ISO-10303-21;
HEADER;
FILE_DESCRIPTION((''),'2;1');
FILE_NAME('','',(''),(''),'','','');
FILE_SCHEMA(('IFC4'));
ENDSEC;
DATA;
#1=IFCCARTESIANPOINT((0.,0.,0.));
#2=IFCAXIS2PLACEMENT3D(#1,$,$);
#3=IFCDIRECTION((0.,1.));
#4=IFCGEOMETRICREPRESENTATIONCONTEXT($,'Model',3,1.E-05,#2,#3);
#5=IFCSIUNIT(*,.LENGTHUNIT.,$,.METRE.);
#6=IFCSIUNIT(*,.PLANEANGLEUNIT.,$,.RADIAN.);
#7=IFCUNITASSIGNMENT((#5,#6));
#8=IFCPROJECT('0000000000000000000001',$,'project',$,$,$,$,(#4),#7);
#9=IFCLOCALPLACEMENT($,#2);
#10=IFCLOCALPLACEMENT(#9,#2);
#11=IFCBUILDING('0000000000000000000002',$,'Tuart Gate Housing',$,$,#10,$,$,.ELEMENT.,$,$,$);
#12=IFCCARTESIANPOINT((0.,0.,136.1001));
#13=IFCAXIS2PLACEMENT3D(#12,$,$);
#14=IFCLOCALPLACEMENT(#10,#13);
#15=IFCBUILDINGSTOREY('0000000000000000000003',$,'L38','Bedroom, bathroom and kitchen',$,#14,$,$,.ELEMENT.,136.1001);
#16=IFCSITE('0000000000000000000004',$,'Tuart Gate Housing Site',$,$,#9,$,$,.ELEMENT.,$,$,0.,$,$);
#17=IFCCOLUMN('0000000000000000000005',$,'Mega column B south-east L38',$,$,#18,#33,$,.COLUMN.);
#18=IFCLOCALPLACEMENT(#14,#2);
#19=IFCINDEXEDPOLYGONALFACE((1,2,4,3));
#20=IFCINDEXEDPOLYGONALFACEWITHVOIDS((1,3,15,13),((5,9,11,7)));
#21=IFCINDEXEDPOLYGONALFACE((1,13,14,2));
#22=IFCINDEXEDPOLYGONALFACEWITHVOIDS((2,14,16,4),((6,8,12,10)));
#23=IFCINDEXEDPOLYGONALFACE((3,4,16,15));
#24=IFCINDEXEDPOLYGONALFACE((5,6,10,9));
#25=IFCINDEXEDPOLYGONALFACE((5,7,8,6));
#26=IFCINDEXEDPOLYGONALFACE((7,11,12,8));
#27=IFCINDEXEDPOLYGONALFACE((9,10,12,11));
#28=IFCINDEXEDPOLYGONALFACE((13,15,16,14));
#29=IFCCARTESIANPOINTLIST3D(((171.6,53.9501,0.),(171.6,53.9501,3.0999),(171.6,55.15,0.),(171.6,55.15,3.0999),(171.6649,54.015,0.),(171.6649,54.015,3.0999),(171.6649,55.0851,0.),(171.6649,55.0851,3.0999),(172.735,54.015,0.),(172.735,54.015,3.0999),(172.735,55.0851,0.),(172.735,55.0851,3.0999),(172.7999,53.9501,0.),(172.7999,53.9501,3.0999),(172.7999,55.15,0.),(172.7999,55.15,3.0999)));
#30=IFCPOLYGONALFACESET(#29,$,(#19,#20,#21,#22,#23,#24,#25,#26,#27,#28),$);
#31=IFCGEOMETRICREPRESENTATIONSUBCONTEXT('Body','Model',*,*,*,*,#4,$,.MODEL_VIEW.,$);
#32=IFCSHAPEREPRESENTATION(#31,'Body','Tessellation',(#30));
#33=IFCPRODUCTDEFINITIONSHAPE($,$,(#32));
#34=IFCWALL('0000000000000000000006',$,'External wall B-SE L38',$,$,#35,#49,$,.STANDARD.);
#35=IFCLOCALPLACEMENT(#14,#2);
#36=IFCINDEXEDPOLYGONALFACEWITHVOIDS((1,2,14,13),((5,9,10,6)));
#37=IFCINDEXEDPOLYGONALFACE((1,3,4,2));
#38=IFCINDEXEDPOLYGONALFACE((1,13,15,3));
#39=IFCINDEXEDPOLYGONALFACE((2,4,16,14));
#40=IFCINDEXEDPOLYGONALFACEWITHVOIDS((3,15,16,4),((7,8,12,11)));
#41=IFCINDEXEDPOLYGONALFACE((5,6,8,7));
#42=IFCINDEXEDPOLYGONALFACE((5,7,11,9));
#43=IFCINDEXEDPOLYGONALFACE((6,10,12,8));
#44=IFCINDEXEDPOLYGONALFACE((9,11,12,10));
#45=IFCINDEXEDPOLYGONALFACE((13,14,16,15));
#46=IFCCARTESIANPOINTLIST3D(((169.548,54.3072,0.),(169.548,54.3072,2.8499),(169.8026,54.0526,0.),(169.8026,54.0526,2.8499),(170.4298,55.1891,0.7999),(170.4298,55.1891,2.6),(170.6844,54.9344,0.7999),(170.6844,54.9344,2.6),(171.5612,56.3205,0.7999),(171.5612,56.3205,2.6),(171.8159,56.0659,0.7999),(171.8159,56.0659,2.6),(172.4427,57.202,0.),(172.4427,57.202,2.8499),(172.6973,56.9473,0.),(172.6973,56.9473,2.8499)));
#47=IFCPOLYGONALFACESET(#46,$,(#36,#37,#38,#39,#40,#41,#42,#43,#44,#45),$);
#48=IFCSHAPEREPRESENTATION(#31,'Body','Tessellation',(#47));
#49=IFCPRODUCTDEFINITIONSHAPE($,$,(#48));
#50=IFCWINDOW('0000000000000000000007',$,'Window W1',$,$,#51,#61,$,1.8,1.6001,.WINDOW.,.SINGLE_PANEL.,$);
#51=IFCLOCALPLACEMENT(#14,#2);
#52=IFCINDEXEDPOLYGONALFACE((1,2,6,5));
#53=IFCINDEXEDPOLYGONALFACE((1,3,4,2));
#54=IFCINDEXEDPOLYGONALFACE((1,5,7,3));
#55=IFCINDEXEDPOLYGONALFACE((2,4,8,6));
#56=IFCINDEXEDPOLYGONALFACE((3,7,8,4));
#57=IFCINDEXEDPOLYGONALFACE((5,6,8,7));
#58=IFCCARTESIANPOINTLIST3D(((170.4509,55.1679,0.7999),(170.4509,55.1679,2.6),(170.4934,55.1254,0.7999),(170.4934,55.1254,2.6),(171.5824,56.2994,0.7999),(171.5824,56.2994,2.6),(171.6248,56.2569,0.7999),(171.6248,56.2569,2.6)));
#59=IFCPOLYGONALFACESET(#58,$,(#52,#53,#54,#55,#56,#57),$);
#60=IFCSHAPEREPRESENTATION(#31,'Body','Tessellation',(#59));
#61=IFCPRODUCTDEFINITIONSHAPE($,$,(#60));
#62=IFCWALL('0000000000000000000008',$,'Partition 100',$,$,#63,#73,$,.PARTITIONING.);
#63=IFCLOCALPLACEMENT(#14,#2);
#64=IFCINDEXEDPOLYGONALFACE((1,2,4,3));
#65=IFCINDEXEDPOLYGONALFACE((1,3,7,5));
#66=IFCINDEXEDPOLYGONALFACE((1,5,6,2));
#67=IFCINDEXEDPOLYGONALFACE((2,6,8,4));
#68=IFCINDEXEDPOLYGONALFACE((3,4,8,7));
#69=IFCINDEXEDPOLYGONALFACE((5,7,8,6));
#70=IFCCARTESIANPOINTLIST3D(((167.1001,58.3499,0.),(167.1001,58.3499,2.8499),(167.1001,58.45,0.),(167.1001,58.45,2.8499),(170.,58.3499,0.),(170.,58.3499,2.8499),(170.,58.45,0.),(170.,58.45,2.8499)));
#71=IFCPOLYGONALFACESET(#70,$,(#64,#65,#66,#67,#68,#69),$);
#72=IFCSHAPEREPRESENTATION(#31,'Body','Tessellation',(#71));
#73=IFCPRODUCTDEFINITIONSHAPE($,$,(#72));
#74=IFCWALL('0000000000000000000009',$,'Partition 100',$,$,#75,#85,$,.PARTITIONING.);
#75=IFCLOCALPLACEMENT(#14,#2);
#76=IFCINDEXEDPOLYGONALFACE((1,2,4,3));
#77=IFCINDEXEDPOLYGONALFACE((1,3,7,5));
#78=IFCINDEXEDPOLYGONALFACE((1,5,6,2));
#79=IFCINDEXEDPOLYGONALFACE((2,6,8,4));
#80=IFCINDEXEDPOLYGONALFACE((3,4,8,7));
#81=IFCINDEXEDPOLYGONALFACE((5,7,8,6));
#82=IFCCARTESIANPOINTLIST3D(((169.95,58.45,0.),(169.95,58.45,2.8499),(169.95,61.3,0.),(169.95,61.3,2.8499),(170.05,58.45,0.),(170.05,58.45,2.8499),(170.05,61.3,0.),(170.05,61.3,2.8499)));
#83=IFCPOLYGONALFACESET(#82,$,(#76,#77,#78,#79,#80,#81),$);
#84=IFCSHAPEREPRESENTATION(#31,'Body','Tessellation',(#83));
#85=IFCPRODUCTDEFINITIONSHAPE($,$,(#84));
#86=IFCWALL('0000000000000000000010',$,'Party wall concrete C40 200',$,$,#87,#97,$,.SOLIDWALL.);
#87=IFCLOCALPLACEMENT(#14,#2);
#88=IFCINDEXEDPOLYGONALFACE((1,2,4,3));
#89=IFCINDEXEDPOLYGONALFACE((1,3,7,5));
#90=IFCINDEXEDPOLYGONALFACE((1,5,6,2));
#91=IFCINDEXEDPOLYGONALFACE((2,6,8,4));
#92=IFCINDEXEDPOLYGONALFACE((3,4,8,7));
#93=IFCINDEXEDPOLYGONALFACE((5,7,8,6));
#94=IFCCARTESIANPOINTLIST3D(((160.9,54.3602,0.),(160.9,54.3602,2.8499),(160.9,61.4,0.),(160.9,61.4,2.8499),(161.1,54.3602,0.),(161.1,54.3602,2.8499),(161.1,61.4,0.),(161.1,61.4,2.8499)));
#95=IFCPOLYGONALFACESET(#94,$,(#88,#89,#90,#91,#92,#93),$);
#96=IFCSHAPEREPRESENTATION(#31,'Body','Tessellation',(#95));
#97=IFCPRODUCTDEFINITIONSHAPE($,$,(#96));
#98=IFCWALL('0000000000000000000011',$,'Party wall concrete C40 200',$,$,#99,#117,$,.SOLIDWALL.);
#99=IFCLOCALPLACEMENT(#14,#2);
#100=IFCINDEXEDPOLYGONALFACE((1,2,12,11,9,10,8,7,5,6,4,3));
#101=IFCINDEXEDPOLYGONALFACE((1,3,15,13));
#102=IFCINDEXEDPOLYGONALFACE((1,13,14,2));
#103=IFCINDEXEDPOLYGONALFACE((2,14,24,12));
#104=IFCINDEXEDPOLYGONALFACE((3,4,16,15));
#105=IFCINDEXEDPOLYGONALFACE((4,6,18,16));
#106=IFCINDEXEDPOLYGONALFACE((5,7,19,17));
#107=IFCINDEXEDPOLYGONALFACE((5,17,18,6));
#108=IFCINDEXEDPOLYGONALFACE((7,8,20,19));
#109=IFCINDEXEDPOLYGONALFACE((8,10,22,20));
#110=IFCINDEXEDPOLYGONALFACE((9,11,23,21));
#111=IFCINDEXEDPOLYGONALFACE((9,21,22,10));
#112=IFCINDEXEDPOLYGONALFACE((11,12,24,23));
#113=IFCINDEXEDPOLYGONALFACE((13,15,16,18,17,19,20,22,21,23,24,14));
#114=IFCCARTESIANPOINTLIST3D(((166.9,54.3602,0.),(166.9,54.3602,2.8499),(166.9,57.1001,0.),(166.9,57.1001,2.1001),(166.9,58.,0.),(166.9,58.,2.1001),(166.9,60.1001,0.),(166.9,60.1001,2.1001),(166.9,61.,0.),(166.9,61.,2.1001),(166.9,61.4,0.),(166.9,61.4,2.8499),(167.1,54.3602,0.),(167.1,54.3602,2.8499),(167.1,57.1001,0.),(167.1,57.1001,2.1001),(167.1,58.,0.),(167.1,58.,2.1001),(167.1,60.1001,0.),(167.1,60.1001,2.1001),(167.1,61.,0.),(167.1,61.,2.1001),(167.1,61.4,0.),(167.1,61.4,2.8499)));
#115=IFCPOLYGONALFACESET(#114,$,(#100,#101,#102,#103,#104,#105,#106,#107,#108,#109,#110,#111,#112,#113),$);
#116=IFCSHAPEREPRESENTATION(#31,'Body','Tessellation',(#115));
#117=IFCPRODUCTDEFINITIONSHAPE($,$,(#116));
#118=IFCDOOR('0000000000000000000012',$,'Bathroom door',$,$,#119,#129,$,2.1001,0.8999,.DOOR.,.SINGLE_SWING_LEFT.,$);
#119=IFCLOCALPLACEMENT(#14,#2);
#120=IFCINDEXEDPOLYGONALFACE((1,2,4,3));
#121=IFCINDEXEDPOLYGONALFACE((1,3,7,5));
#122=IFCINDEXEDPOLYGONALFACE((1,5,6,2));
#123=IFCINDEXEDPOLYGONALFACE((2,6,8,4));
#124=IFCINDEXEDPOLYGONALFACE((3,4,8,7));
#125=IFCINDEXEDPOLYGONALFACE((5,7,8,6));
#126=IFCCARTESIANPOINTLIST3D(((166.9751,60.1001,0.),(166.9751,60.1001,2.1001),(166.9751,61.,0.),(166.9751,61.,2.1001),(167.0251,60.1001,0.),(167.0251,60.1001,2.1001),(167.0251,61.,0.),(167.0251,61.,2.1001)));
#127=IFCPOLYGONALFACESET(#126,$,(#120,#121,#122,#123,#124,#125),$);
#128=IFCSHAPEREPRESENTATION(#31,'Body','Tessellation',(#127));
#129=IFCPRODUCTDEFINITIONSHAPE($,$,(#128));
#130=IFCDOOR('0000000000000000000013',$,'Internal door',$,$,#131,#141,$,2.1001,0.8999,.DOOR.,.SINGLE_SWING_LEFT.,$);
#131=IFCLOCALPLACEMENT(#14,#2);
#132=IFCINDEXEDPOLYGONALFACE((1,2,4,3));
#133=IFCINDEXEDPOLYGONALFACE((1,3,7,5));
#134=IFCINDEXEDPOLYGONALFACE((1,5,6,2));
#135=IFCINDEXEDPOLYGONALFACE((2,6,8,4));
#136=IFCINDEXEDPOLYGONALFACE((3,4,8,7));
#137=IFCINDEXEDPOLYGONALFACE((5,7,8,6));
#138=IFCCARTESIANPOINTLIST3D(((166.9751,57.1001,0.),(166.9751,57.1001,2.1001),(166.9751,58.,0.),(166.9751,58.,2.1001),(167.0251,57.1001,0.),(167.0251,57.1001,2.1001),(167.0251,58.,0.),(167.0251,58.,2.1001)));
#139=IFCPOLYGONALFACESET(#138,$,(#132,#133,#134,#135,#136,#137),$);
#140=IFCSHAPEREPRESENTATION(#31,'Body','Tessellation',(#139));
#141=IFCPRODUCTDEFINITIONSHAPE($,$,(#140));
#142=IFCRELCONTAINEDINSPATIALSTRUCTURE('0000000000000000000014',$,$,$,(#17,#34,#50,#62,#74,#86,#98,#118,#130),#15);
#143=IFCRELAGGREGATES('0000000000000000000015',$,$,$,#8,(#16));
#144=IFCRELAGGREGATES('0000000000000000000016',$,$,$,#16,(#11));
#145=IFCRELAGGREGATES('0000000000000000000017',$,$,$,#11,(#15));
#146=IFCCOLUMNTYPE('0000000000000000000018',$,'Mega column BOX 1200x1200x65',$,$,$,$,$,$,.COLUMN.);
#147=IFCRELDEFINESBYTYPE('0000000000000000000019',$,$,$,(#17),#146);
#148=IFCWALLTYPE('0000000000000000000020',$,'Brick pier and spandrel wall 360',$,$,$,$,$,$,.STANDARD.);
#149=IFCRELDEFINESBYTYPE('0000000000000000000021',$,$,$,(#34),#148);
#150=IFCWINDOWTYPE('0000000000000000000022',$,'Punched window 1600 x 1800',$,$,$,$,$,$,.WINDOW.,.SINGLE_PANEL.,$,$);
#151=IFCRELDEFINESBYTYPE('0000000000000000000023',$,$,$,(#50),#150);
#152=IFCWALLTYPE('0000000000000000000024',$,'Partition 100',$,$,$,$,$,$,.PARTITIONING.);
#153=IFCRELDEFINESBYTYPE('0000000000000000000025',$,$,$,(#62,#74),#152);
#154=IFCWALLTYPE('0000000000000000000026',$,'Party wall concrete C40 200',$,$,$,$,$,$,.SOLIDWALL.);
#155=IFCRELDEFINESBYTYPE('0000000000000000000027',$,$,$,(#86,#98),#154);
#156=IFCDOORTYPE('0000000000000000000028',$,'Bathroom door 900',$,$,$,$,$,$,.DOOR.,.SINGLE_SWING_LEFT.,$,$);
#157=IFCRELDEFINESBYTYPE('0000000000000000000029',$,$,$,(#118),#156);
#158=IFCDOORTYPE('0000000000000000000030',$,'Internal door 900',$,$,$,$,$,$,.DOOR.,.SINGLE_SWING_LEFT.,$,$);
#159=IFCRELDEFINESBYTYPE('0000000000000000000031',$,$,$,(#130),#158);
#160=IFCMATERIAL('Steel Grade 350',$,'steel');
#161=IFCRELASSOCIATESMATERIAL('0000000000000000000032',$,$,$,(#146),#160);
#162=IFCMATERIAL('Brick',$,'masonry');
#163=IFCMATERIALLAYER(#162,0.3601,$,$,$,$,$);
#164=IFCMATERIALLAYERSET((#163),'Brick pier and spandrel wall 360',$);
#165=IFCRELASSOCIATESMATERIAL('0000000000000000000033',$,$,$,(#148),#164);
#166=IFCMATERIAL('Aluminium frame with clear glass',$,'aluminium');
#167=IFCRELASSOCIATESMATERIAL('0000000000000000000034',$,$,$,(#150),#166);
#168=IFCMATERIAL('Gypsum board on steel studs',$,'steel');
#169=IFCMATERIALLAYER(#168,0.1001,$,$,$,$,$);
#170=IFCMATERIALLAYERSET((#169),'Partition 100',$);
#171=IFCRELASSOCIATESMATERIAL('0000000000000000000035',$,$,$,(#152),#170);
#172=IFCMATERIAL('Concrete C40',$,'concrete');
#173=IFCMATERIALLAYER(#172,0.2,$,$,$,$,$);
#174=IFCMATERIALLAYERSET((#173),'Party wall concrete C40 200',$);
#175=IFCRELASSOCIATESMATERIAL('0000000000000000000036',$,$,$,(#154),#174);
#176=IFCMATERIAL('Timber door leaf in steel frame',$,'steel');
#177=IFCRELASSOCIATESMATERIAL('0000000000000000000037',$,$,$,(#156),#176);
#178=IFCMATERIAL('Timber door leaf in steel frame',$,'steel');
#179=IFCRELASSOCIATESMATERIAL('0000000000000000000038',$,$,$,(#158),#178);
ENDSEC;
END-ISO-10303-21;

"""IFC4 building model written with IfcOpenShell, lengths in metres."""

from ifc_helpers import new_model, si_unit, direction, frame, frame_2d, origin, origin_2d, place, context, subcontext, project, spatial, rectangle, hollow_rectangle, extrude, material, layer, layer_set, material_profile, profile_set, type_object, element, fill, save


model = new_model("IFC4")

# Units and contexts
model_context = context("Model", 3, precision=1e-05, world=origin(), true_north=direction((0.0, 1.0)))
body_context = subcontext(model_context, "Body", "Model", "MODEL_VIEW")
ifc_project = project(units=[si_unit("LENGTHUNIT", "METRE"), si_unit("PLANEANGLEUNIT", "RADIAN")], contexts=[model_context])

# Site, building, storey
site_placement = place(None, origin())
site = spatial("IfcSite", under=ifc_project, at=site_placement, Name="Tuart Gate Housing Site", CompositionType="ELEMENT", RefElevation=0.0)
building_placement = place(site_placement, origin())
building = spatial("IfcBuilding", under=site, at=building_placement, Name="Tuart Gate Housing", CompositionType="ELEMENT")
storey_placement = place(building_placement, frame((0.0, 0.0, 136.1001)))
storey = spatial("IfcBuildingStorey", under=building, at=storey_placement, Name="L38", Description="Bedroom, bathroom and kitchen", CompositionType="ELEMENT", Elevation=136.1001)

# Column
ifc_material_1 = material(Name="Steel Grade 350", Category="steel")
ifc_material_profile = material_profile(ifc_material_1, hollow_rectangle(XDim=1.2, YDim=1.2, WallThickness=0.0649, at=origin_2d()), Name="BOX 1200x1200x65")
ifc_profile_set = profile_set([ifc_material_profile], Name="Steel Grade 350")
column_type = type_object("IfcColumnType", Name="Mega column BOX 1200x1200x65", PredefinedType="COLUMN", material=ifc_profile_set)
column_placement = place(storey_placement, frame((172.2, 54.55, 0.0), z_axis=(0.0, 0.0, 1.0), x_axis=(1.0, 0.0, 0.0)))
element("IfcColumn", 1, at=column_placement, inside=storey, type_object=column_type, Name="Mega column B south-east L38", PredefinedType="COLUMN", context=body_context, shape_type="SweptSolid", body=[
    extrude(hollow_rectangle(XDim=1.2, YDim=1.2, WallThickness=0.0649, at=origin_2d()), origin(), (0.0, 0.0, 1.0), 3.0999),
])

# Wall, opening, window
ifc_material_2 = material(Name="Brick", Category="masonry")
ifc_layer_1 = layer(ifc_material_2, 0.3601)
ifc_layer_set_1 = layer_set([ifc_layer_1], Name="Brick pier and spandrel wall 360")
wall_type_1 = type_object("IfcWallType", Name="Brick pier and spandrel wall 360", PredefinedType="STANDARD", material=ifc_layer_set_1)
wall_1_placement = place(storey_placement, frame((169.6753, 54.1799, 0.0), z_axis=(0.0, 0.0, 1.0), x_axis=(0.707107, 0.707107, 0.0)))
wall_1 = element("IfcWall", 2, at=wall_1_placement, inside=storey, type_object=wall_type_1, Name="External wall B-SE L38", PredefinedType="STANDARD", context=body_context, shape_type="SweptSolid", body=[
    extrude(rectangle(XDim=4.0938, YDim=0.3601, at=frame_2d((2.0469, 0.0))), origin(), (0.0, 0.0, 1.0), 2.8499),
])
opening_1_placement = place(wall_1_placement, frame((1.2471, 0.0, 0.8)))
opening_1 = element("IfcOpeningElement", 3, at=opening_1_placement, cuts=wall_1, PredefinedType="OPENING", context=body_context, shape_type="SweptSolid", body=[
    extrude(rectangle(XDim=1.6001, YDim=1.8, at=frame_2d((0.8, 0.8999))), frame((0.0, 0.1899, 0.0), z_axis=(0.0, -1.0, 0.0), x_axis=(1.0, 0.0, 0.0)), (0.0, 0.0, 1.0), 0.3801),
])
ifc_material_3 = material(Name="Aluminium frame with clear glass", Category="aluminium")
window_type_1 = type_object("IfcWindowType", Name="Punched window 1600 x 1800", PartitioningType="SINGLE_PANEL", PredefinedType="WINDOW", material=ifc_material_3)
window_1_placement = place(opening_1_placement, origin())
window_1 = element("IfcWindow", 4, at=window_1_placement, inside=storey, type_object=window_type_1, Name="Window W1", OverallHeight=1.8, OverallWidth=1.6001, PartitioningType="SINGLE_PANEL", PredefinedType="WINDOW", context=body_context, shape_type="SweptSolid", body=[
    extrude(rectangle(XDim=1.6001, YDim=1.8, at=frame_2d((0.8, 0.8999))), frame((0.0, 0.1501, 0.0), z_axis=(0.0, -1.0, 0.0), x_axis=(1.0, 0.0, 0.0)), (0.0, 0.0, 1.0), 0.0601),
])
fill(opening_1, window_1)

# Walls
ifc_material_4 = material(Name="Gypsum board on steel studs", Category="steel")
ifc_layer_2 = layer(ifc_material_4, 0.1001)
ifc_layer_set_2 = layer_set([ifc_layer_2], Name="Partition 100")
wall_type_2 = type_object("IfcWallType", Name="Partition 100", PredefinedType="PARTITIONING", material=ifc_layer_set_2)
wall_2_placement = place(storey_placement, frame((167.1001, 58.3999, 0.0), z_axis=(0.0, 0.0, 1.0), x_axis=(1.0, 0.0, 0.0)))
element("IfcWall", 5, at=wall_2_placement, inside=storey, type_object=wall_type_2, Name="Partition 100", PredefinedType="PARTITIONING", context=body_context, shape_type="SweptSolid", body=[
    extrude(rectangle(XDim=2.8999, YDim=0.1001, at=frame_2d((1.45, 0.0))), origin(), (0.0, 0.0, 1.0), 2.8499),
])
wall_3_placement = place(storey_placement, frame((170.0, 58.45, 0.0), z_axis=(0.0, 0.0, 1.0), x_axis=(0.0, 1.0, 0.0)))
element("IfcWall", 6, at=wall_3_placement, inside=storey, type_object=wall_type_2, Name="Partition 100", PredefinedType="PARTITIONING", context=body_context, shape_type="SweptSolid", body=[
    extrude(rectangle(XDim=2.8501, YDim=0.1001, at=frame_2d((1.425, 0.0))), origin(), (0.0, 0.0, 1.0), 2.8499),
])
ifc_material_5 = material(Name="Concrete C40", Category="concrete")
ifc_layer_3 = layer(ifc_material_5, 0.2)
ifc_layer_set_3 = layer_set([ifc_layer_3], Name="Party wall concrete C40 200")
wall_type_3 = type_object("IfcWallType", Name="Party wall concrete C40 200", PredefinedType="SOLIDWALL", material=ifc_layer_set_3)
wall_4_placement = place(storey_placement, frame((161.0, 54.3601, 0.0), z_axis=(0.0, 0.0, 1.0), x_axis=(0.0, 1.0, 0.0)))
element("IfcWall", 7, at=wall_4_placement, inside=storey, type_object=wall_type_3, Name="Party wall concrete C40 200", PredefinedType="SOLIDWALL", context=body_context, shape_type="SweptSolid", body=[
    extrude(rectangle(XDim=7.0398, YDim=0.2, at=frame_2d((3.52, 0.0))), origin(), (0.0, 0.0, 1.0), 2.8499),
])

# Wall, openings, doors
wall_5_placement = place(storey_placement, frame((167.0, 54.3601, 0.0), z_axis=(0.0, 0.0, 1.0), x_axis=(0.0, 1.0, 0.0)))
wall_5 = element("IfcWall", 8, at=wall_5_placement, inside=storey, type_object=wall_type_3, Name="Party wall concrete C40 200", PredefinedType="SOLIDWALL", context=body_context, shape_type="SweptSolid", body=[
    extrude(rectangle(XDim=7.0398, YDim=0.2, at=frame_2d((3.52, 0.0))), origin(), (0.0, 0.0, 1.0), 2.8499),
])
opening_2_placement = place(wall_5_placement, frame((2.74, 0.0, 0.0)))
opening_2 = element("IfcOpeningElement", 9, at=opening_2_placement, cuts=wall_5, PredefinedType="OPENING", context=body_context, shape_type="SweptSolid", body=[
    extrude(rectangle(XDim=0.8999, YDim=2.1001, at=frame_2d((0.45, 1.05))), frame((0.0, 0.1099, 0.0), z_axis=(0.0, -1.0, 0.0), x_axis=(1.0, 0.0, 0.0)), (0.0, 0.0, 1.0), 0.22),
])
opening_3_placement = place(wall_5_placement, frame((5.74, 0.0, 0.0)))
opening_3 = element("IfcOpeningElement", 10, at=opening_3_placement, cuts=wall_5, PredefinedType="OPENING", context=body_context, shape_type="SweptSolid", body=[
    extrude(rectangle(XDim=0.8999, YDim=2.1001, at=frame_2d((0.45, 1.05))), frame((0.0, 0.1099, 0.0), z_axis=(0.0, -1.0, 0.0), x_axis=(1.0, 0.0, 0.0)), (0.0, 0.0, 1.0), 0.22),
])
ifc_material_6 = material(Name="Timber door leaf in steel frame", Category="steel")
door_type_1 = type_object("IfcDoorType", Name="Bathroom door 900", OperationType="SINGLE_SWING_LEFT", PredefinedType="DOOR", material=ifc_material_6)
door_1_placement = place(opening_3_placement, frame((0.8999, 0.0, 0.0), z_axis=(0.0, 0.0, 1.0), x_axis=(-1.0, 0.0, 0.0)))
door_1 = element("IfcDoor", 11, at=door_1_placement, inside=storey, type_object=door_type_1, Name="Bathroom door", OperationType="SINGLE_SWING_LEFT", OverallHeight=2.1001, OverallWidth=0.8999, PredefinedType="DOOR", context=body_context, shape_type="SweptSolid", body=[
    extrude(rectangle(XDim=0.8999, YDim=2.1001, at=frame_2d((0.45, 1.05))), frame((0.0, 0.0251, 0.0), z_axis=(0.0, -1.0, 0.0), x_axis=(1.0, 0.0, 0.0)), (0.0, 0.0, 1.0), 0.05),
])
fill(opening_3, door_1)
ifc_material_7 = material(Name="Timber door leaf in steel frame", Category="steel")
door_type_2 = type_object("IfcDoorType", Name="Internal door 900", OperationType="SINGLE_SWING_LEFT", PredefinedType="DOOR", material=ifc_material_7)
door_2_placement = place(opening_2_placement, frame((0.8999, 0.0, 0.0), z_axis=(0.0, 0.0, 1.0), x_axis=(-1.0, 0.0, 0.0)))
door_2 = element("IfcDoor", 12, at=door_2_placement, inside=storey, type_object=door_type_2, Name="Internal door", OperationType="SINGLE_SWING_LEFT", OverallHeight=2.1001, OverallWidth=0.8999, PredefinedType="DOOR", context=body_context, shape_type="SweptSolid", body=[
    extrude(rectangle(XDim=0.8999, YDim=2.1001, at=frame_2d((0.45, 1.05))), frame((0.0, 0.0251, 0.0), z_axis=(0.0, -1.0, 0.0), x_axis=(1.0, 0.0, 0.0)), (0.0, 0.0, 1.0), 0.05),
])
fill(opening_2, door_2)

save(model, "model.ifc")
